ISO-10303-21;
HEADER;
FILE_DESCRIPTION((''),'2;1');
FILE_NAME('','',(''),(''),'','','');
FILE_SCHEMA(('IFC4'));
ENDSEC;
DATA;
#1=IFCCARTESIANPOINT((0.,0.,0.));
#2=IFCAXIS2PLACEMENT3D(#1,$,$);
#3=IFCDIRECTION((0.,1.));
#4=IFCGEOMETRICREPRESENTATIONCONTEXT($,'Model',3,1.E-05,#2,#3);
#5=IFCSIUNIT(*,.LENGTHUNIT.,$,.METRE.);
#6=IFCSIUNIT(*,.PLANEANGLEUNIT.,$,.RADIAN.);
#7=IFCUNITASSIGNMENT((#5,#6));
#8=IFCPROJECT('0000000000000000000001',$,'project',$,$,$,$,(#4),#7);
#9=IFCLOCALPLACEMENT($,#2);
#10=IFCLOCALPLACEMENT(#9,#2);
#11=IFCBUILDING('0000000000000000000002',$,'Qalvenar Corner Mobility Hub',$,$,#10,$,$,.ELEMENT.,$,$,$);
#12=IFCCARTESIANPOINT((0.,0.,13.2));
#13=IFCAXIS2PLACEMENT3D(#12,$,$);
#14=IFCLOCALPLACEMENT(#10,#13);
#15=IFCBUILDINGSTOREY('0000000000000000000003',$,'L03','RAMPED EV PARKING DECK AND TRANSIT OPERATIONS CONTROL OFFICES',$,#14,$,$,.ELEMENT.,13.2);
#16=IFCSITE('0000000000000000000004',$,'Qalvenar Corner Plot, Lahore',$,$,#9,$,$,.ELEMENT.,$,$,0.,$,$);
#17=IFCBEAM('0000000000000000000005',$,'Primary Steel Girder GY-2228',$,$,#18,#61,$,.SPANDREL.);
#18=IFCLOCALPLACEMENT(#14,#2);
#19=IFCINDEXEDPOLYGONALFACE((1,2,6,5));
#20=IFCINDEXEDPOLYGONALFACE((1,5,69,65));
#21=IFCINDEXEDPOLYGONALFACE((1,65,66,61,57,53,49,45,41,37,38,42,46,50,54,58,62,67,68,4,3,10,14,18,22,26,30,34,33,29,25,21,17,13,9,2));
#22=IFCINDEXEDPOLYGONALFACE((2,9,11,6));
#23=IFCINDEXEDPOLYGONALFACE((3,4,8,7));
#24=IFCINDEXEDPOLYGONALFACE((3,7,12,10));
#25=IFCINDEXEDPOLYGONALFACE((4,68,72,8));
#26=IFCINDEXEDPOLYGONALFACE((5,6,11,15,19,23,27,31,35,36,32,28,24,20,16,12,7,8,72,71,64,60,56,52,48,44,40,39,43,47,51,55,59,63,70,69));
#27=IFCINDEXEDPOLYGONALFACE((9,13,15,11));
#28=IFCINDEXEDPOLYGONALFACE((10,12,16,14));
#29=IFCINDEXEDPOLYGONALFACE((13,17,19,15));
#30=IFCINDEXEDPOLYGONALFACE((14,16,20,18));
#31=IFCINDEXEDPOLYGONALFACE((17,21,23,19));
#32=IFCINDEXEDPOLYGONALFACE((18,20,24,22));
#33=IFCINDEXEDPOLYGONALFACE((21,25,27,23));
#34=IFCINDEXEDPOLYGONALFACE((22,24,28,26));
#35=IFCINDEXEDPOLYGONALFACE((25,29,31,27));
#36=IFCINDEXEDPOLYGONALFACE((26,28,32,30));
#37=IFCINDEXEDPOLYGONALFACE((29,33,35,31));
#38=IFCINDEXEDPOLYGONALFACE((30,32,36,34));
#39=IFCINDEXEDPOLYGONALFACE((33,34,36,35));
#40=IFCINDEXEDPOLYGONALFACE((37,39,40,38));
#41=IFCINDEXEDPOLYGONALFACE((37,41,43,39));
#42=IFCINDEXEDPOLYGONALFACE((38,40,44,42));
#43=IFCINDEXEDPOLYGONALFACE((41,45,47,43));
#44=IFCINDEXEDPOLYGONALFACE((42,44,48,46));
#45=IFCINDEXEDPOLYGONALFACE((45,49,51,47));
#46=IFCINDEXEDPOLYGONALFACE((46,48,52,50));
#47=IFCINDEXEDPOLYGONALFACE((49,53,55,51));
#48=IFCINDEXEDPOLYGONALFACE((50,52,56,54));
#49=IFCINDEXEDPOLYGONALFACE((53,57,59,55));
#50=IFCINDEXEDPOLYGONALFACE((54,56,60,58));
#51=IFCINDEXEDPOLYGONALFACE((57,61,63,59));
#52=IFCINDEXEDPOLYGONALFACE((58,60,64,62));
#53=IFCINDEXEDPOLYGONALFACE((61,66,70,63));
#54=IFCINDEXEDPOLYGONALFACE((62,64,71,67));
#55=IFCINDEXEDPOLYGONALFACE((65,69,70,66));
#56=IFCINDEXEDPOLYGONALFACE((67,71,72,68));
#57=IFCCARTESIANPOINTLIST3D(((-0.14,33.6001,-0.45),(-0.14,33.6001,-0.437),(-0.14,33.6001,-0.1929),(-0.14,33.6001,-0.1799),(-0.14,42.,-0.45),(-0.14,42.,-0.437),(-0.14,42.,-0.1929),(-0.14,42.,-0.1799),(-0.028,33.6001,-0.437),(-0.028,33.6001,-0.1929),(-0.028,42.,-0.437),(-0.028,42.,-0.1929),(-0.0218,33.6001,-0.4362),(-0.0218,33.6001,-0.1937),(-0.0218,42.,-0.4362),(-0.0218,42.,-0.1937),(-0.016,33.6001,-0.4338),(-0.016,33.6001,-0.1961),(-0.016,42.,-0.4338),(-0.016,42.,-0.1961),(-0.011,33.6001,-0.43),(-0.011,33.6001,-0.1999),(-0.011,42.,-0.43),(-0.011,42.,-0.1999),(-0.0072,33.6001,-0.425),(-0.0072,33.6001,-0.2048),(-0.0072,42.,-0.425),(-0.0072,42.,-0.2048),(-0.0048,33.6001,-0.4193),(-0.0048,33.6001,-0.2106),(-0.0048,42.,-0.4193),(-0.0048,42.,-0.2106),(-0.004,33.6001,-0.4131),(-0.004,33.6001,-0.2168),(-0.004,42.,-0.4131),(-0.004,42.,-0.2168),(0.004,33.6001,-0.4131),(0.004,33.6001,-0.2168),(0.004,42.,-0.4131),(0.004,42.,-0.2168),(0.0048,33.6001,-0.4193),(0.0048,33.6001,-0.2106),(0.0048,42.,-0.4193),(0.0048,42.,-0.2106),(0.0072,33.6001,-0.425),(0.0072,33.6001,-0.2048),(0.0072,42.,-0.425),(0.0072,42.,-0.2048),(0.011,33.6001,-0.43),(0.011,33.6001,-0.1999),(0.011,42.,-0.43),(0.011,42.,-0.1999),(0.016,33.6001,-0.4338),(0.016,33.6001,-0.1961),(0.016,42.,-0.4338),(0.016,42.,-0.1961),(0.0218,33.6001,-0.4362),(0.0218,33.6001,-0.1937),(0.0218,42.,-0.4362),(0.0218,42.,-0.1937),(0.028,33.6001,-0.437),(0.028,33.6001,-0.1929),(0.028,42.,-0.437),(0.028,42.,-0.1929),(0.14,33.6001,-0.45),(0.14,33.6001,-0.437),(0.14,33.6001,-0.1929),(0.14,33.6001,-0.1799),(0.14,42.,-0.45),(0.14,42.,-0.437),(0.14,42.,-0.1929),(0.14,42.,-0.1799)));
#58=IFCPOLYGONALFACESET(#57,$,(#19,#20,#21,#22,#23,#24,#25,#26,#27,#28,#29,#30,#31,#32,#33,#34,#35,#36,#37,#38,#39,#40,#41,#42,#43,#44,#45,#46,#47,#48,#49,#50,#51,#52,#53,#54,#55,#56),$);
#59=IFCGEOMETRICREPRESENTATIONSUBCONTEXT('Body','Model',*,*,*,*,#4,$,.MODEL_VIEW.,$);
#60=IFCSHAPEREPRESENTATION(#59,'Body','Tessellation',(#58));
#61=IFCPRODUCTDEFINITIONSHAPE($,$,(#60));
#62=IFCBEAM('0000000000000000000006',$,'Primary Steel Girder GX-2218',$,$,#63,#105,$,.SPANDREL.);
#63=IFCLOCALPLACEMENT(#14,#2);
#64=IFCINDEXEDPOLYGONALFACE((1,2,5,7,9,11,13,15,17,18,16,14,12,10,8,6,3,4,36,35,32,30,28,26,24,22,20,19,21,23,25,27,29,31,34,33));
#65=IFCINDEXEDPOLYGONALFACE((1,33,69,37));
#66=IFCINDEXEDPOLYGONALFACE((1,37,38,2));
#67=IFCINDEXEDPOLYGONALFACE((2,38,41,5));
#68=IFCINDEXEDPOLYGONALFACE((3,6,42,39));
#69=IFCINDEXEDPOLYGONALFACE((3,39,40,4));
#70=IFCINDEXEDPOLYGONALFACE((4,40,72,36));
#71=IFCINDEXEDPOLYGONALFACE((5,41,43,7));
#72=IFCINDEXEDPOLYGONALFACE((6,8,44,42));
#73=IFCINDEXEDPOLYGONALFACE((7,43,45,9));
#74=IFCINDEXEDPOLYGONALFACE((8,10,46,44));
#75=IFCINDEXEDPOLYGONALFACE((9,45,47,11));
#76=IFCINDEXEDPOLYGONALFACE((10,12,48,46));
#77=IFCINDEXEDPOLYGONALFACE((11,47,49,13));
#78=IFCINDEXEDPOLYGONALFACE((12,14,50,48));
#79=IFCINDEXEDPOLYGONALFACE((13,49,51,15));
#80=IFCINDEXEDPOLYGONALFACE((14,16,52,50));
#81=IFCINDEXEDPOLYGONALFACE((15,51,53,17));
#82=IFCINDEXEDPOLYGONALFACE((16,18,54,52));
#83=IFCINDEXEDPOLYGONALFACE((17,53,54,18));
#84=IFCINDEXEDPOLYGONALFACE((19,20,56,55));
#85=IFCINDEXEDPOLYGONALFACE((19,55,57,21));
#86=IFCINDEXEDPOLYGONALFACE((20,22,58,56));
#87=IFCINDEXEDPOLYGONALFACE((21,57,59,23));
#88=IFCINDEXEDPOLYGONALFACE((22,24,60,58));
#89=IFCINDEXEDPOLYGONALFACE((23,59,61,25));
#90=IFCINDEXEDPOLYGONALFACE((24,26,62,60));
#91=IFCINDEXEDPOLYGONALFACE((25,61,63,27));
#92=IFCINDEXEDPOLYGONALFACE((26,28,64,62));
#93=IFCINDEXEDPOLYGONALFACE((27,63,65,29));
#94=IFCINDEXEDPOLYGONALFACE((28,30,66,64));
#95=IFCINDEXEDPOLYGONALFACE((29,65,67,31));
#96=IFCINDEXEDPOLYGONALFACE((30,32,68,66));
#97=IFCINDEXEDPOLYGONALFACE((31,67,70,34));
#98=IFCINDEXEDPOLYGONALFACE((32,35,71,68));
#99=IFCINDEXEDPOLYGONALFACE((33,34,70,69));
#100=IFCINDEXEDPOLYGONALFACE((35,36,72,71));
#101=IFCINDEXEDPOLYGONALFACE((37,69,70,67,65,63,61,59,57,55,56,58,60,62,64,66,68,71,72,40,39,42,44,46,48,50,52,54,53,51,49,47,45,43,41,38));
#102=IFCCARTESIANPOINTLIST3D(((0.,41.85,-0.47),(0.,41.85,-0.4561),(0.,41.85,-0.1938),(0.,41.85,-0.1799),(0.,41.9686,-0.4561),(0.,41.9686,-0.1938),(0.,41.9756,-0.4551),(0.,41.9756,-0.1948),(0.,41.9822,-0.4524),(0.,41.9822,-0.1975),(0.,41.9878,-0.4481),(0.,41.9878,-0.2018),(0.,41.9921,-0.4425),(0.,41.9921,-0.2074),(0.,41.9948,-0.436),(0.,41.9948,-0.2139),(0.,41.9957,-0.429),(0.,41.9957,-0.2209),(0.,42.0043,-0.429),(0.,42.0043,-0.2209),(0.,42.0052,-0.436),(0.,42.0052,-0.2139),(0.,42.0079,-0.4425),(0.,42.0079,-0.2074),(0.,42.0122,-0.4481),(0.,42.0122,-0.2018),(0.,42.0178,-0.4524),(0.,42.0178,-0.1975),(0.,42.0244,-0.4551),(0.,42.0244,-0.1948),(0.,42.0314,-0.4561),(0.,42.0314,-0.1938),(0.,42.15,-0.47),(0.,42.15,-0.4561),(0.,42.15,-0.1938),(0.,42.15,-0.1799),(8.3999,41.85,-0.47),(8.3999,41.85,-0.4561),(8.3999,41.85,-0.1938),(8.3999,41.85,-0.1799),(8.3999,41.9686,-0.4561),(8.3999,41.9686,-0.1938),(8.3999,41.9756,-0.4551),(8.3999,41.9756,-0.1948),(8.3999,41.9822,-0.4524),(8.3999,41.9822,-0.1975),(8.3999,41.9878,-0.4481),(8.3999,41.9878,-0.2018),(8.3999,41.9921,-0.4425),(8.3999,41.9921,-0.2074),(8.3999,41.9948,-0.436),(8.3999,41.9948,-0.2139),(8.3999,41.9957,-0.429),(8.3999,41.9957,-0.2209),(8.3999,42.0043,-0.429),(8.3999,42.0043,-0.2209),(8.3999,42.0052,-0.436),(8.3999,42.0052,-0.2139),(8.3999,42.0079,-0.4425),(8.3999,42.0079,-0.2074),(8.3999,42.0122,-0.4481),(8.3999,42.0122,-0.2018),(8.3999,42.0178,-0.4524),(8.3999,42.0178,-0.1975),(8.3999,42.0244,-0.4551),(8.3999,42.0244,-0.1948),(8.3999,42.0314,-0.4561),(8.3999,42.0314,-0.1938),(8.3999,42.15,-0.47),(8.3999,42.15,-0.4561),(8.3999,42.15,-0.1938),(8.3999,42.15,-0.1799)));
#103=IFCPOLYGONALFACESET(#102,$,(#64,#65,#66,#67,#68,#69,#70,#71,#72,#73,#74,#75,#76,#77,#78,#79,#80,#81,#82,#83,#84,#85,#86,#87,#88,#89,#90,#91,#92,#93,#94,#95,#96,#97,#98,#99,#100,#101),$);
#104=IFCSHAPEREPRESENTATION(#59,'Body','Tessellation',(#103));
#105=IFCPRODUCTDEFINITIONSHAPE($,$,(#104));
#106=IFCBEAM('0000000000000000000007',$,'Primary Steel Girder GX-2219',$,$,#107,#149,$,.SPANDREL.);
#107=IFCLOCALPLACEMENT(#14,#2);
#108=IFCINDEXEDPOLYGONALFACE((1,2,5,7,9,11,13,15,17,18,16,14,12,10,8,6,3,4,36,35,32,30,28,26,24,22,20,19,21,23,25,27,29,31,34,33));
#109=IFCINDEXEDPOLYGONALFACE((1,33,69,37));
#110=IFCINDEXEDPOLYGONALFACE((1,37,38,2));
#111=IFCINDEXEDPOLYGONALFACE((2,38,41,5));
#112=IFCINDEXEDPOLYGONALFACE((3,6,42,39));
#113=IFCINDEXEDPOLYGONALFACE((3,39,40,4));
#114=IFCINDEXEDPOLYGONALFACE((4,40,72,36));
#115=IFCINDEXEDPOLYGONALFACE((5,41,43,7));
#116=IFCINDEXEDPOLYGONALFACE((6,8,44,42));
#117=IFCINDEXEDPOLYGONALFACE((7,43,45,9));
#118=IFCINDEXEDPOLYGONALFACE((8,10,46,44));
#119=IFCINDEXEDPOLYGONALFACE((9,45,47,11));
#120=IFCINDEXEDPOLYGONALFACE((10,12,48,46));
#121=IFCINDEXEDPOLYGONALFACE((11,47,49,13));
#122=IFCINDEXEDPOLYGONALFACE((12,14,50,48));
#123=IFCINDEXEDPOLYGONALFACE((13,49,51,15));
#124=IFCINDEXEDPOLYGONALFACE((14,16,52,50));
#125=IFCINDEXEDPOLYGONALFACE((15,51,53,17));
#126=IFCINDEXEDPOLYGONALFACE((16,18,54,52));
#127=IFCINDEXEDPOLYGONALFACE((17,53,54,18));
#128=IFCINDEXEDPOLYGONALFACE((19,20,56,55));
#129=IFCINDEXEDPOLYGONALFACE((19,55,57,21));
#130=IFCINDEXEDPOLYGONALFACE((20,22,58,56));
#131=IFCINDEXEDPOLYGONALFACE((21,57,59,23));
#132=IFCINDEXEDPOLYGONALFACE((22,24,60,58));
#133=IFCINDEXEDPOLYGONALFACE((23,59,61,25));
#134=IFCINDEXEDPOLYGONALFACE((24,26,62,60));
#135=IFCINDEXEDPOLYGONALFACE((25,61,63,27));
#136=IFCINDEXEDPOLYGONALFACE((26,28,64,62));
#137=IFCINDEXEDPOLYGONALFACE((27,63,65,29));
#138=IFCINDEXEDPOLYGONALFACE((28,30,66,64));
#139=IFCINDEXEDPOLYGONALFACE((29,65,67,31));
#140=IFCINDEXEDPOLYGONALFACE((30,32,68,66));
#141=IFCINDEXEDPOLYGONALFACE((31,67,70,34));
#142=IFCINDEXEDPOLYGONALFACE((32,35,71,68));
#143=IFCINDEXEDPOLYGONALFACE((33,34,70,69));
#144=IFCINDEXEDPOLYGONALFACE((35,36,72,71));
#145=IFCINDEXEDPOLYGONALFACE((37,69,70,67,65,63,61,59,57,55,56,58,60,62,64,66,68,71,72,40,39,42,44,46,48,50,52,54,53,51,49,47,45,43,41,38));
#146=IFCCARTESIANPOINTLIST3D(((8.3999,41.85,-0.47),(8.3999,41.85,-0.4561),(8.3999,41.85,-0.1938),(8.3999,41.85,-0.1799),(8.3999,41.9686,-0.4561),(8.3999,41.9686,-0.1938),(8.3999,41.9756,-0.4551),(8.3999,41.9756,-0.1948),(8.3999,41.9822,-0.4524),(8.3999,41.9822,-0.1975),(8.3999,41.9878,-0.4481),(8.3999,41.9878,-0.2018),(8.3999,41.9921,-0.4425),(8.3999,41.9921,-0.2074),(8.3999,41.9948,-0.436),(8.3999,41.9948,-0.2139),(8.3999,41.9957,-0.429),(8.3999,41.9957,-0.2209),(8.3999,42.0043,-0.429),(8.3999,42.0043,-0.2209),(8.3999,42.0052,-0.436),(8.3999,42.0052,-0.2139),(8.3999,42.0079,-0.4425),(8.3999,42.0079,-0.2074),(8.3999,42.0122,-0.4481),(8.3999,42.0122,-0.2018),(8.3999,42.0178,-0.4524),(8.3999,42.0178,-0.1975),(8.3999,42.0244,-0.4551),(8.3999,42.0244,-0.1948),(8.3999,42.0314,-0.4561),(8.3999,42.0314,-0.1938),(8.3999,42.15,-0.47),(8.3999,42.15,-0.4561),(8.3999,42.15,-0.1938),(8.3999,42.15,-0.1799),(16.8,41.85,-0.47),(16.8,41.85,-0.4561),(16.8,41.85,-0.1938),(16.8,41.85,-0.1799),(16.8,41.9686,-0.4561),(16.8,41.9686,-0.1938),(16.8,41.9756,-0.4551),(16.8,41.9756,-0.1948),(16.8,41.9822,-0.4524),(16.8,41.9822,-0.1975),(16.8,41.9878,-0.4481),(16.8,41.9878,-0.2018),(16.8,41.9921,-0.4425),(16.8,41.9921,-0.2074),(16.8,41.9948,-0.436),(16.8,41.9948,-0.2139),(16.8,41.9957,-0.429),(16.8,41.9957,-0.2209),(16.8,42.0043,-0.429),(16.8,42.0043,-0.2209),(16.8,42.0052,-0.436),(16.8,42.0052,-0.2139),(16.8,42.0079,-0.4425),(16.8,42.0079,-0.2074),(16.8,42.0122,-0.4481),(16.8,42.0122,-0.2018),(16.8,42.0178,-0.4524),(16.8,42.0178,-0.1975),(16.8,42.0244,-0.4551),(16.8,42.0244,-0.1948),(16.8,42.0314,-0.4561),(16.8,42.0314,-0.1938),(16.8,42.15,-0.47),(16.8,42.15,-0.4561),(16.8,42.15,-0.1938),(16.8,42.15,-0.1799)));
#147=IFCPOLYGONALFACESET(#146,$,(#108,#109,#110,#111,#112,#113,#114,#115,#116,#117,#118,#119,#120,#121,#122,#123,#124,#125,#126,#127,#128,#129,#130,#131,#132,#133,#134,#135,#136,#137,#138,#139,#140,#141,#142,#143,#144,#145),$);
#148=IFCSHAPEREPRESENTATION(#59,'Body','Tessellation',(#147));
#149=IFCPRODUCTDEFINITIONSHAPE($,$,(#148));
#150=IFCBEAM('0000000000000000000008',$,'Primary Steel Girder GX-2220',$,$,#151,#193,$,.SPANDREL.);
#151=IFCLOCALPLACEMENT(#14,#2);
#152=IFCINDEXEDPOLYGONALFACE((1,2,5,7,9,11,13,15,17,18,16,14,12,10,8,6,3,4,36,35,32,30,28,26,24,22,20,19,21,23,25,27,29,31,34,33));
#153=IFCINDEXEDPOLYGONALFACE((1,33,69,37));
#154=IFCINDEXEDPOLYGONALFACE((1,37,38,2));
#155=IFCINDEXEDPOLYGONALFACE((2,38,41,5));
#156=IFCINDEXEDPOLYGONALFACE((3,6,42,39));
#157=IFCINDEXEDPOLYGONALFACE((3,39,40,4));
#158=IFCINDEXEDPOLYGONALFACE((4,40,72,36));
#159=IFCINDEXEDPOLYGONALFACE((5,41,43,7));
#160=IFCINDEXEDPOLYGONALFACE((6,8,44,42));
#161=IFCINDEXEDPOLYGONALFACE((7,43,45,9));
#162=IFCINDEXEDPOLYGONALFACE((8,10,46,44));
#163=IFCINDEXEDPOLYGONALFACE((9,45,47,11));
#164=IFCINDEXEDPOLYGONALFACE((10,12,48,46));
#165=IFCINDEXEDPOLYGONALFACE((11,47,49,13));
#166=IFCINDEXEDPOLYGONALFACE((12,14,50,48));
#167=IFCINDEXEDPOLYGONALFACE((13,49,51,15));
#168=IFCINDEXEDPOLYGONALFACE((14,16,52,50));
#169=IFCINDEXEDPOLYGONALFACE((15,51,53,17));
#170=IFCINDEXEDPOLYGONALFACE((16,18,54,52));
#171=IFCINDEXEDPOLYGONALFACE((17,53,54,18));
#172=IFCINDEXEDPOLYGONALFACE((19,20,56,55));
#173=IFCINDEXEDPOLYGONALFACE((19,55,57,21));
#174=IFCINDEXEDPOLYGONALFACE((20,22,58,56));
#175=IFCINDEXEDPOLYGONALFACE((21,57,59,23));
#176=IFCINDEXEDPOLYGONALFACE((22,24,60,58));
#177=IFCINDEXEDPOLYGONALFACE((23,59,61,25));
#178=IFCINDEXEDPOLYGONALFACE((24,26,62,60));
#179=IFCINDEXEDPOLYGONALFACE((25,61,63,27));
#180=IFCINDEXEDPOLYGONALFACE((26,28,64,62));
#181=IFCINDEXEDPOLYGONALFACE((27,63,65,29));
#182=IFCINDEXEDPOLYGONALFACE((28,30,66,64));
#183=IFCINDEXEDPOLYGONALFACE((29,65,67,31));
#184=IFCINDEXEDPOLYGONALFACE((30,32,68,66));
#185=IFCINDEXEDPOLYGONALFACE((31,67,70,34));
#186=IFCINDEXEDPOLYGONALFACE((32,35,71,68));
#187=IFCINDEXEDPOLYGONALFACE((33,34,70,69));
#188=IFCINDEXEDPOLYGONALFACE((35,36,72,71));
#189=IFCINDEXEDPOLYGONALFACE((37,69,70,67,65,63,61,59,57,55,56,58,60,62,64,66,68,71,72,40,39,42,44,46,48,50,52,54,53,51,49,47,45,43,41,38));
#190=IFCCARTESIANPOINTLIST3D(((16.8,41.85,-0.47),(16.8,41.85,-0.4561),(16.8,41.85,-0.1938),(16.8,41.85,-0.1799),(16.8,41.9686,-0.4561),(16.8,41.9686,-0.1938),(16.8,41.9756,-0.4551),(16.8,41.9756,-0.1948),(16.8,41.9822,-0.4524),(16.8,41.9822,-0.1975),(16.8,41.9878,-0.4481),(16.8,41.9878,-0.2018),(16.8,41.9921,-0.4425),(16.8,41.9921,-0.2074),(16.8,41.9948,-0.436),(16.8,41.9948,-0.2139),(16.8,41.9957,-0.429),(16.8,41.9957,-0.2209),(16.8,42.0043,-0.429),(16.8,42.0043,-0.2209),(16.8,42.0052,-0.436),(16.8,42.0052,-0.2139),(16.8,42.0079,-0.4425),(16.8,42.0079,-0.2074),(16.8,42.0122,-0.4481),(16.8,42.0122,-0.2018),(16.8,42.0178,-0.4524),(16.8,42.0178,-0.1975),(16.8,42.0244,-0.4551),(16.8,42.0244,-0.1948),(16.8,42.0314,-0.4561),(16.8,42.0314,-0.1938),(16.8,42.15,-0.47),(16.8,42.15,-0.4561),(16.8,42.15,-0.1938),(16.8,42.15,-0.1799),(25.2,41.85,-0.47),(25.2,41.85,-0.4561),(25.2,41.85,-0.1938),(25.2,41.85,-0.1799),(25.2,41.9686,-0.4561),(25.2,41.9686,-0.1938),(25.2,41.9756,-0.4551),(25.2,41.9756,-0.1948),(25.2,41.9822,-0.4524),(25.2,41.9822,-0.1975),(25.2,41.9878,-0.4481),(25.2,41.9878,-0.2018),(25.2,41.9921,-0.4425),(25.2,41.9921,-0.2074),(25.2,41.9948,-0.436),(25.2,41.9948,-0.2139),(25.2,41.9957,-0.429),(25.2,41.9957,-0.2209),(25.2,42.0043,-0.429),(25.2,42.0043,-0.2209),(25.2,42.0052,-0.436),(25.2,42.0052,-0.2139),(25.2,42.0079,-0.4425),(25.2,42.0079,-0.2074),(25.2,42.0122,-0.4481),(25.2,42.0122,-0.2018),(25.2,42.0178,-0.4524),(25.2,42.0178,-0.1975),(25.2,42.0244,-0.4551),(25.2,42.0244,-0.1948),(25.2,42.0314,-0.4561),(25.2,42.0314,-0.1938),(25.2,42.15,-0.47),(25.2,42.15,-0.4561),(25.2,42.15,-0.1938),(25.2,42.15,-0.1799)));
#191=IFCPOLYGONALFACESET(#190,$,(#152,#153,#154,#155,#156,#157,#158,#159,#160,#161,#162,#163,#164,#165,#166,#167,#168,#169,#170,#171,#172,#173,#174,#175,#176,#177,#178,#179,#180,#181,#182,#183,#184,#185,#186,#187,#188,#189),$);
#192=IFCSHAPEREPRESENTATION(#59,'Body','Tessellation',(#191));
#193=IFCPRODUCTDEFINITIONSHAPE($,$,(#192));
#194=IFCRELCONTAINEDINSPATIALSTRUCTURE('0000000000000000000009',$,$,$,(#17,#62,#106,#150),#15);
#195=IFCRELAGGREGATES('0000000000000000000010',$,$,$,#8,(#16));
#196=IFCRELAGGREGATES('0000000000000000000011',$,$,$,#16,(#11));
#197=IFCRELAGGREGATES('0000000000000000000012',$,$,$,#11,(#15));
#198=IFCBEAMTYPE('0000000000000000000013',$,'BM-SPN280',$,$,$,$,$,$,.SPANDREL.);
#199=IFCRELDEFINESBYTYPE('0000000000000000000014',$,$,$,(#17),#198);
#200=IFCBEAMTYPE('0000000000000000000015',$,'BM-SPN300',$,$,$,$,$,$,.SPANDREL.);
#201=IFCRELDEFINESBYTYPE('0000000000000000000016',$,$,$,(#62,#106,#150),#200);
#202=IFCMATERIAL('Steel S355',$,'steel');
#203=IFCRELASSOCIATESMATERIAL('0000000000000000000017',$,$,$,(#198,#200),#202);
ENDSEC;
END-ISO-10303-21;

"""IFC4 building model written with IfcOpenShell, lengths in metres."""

from ifc_helpers import new_model, si_unit, direction, frame, origin, origin_2d, place, context, subcontext, project, spatial, i_section, extrude, material, material_profile, profile_set, type_object, element, save


model = new_model("IFC4")

# Units and contexts
model_context = context("Model", 3, precision=1e-05, world=origin(), true_north=direction((0.0, 1.0)))
body_context = subcontext(model_context, "Body", "Model", "MODEL_VIEW")
ifc_project = project(units=[si_unit("LENGTHUNIT", "METRE"), si_unit("PLANEANGLEUNIT", "RADIAN")], contexts=[model_context])

# Site, building, storey
site_placement = place(None, origin())
site = spatial("IfcSite", under=ifc_project, at=site_placement, Name="Qalvenar Corner Plot, Lahore", CompositionType="ELEMENT", RefElevation=0.0)
building_placement = place(site_placement, origin())
building = spatial("IfcBuilding", under=site, at=building_placement, Name="Qalvenar Corner Mobility Hub", CompositionType="ELEMENT")
storey_placement = place(building_placement, frame((0.0, 0.0, 13.2)))
storey = spatial("IfcBuildingStorey", under=building, at=storey_placement, Name="L03", Description="RAMPED EV PARKING DECK AND TRANSIT OPERATIONS CONTROL OFFICES", CompositionType="ELEMENT", Elevation=13.2)

# Shared definitions
ifc_material_1 = material(Name="Steel S355", Category="steel")

# Beams
ifc_material_profile_1 = material_profile(ifc_material_1, i_section(OverallWidth=0.28, OverallDepth=0.27, WebThickness=0.0081, FlangeThickness=0.0129, FilletRadius=0.0239, at=origin_2d()), Name="HEA280")
ifc_profile_set_1 = profile_set([ifc_material_profile_1], Name="Steel S355")
beam_type_1 = type_object("IfcBeamType", Name="BM-SPN280", PredefinedType="SPANDREL", material=ifc_profile_set_1)
beam_1_placement = place(storey_placement, frame((0.0, 33.6001, -0.3149), z_axis=(0.0, 1.0, 0.0), x_axis=(-1.0, 0.0, 0.0)))
element("IfcBeam", 1, at=beam_1_placement, inside=storey, type_object=beam_type_1, Name="Primary Steel Girder GY-2228", PredefinedType="SPANDREL", context=body_context, shape_type="SweptSolid", body=[
    extrude(i_section(OverallWidth=0.28, OverallDepth=0.27, WebThickness=0.0081, FlangeThickness=0.0129, FilletRadius=0.0239, at=origin_2d()), origin(), (0.0, 0.0, 1.0), 8.3999),
])
ifc_material_profile_2 = material_profile(ifc_material_1, i_section(OverallWidth=0.3, OverallDepth=0.29, WebThickness=0.0085, FlangeThickness=0.0139, FilletRadius=0.0271, at=origin_2d()), Name="HEA300")
ifc_profile_set_2 = profile_set([ifc_material_profile_2], Name="Steel S355")
beam_type_2 = type_object("IfcBeamType", Name="BM-SPN300", PredefinedType="SPANDREL", material=ifc_profile_set_2)
beam_2_placement = place(storey_placement, frame((0.0, 42.0, -0.325), z_axis=(1.0, 0.0, 0.0), x_axis=(0.0, 1.0, 0.0)))
element("IfcBeam", 2, at=beam_2_placement, inside=storey, type_object=beam_type_2, Name="Primary Steel Girder GX-2218", PredefinedType="SPANDREL", context=body_context, shape_type="SweptSolid", body=[
    extrude(i_section(OverallWidth=0.3, OverallDepth=0.29, WebThickness=0.0085, FlangeThickness=0.0139, FilletRadius=0.0271, at=origin_2d()), origin(), (0.0, 0.0, 1.0), 8.3999),
])
beam_3_placement = place(storey_placement, frame((8.3999, 42.0, -0.325), z_axis=(1.0, 0.0, 0.0), x_axis=(0.0, 1.0, 0.0)))
element("IfcBeam", 3, at=beam_3_placement, inside=storey, type_object=beam_type_2, Name="Primary Steel Girder GX-2219", PredefinedType="SPANDREL", context=body_context, shape_type="SweptSolid", body=[
    extrude(i_section(OverallWidth=0.3, OverallDepth=0.29, WebThickness=0.0085, FlangeThickness=0.0139, FilletRadius=0.0271, at=origin_2d()), origin(), (0.0, 0.0, 1.0), 8.4001),
])
beam_4_placement = place(storey_placement, frame((16.8, 42.0, -0.325), z_axis=(1.0, 0.0, 0.0), x_axis=(0.0, 1.0, 0.0)))
element("IfcBeam", 4, at=beam_4_placement, inside=storey, type_object=beam_type_2, Name="Primary Steel Girder GX-2220", PredefinedType="SPANDREL", context=body_context, shape_type="SweptSolid", body=[
    extrude(i_section(OverallWidth=0.3, OverallDepth=0.29, WebThickness=0.0085, FlangeThickness=0.0139, FilletRadius=0.0271, at=origin_2d()), origin(), (0.0, 0.0, 1.0), 8.3999),
])

save(model, "model.ifc")
